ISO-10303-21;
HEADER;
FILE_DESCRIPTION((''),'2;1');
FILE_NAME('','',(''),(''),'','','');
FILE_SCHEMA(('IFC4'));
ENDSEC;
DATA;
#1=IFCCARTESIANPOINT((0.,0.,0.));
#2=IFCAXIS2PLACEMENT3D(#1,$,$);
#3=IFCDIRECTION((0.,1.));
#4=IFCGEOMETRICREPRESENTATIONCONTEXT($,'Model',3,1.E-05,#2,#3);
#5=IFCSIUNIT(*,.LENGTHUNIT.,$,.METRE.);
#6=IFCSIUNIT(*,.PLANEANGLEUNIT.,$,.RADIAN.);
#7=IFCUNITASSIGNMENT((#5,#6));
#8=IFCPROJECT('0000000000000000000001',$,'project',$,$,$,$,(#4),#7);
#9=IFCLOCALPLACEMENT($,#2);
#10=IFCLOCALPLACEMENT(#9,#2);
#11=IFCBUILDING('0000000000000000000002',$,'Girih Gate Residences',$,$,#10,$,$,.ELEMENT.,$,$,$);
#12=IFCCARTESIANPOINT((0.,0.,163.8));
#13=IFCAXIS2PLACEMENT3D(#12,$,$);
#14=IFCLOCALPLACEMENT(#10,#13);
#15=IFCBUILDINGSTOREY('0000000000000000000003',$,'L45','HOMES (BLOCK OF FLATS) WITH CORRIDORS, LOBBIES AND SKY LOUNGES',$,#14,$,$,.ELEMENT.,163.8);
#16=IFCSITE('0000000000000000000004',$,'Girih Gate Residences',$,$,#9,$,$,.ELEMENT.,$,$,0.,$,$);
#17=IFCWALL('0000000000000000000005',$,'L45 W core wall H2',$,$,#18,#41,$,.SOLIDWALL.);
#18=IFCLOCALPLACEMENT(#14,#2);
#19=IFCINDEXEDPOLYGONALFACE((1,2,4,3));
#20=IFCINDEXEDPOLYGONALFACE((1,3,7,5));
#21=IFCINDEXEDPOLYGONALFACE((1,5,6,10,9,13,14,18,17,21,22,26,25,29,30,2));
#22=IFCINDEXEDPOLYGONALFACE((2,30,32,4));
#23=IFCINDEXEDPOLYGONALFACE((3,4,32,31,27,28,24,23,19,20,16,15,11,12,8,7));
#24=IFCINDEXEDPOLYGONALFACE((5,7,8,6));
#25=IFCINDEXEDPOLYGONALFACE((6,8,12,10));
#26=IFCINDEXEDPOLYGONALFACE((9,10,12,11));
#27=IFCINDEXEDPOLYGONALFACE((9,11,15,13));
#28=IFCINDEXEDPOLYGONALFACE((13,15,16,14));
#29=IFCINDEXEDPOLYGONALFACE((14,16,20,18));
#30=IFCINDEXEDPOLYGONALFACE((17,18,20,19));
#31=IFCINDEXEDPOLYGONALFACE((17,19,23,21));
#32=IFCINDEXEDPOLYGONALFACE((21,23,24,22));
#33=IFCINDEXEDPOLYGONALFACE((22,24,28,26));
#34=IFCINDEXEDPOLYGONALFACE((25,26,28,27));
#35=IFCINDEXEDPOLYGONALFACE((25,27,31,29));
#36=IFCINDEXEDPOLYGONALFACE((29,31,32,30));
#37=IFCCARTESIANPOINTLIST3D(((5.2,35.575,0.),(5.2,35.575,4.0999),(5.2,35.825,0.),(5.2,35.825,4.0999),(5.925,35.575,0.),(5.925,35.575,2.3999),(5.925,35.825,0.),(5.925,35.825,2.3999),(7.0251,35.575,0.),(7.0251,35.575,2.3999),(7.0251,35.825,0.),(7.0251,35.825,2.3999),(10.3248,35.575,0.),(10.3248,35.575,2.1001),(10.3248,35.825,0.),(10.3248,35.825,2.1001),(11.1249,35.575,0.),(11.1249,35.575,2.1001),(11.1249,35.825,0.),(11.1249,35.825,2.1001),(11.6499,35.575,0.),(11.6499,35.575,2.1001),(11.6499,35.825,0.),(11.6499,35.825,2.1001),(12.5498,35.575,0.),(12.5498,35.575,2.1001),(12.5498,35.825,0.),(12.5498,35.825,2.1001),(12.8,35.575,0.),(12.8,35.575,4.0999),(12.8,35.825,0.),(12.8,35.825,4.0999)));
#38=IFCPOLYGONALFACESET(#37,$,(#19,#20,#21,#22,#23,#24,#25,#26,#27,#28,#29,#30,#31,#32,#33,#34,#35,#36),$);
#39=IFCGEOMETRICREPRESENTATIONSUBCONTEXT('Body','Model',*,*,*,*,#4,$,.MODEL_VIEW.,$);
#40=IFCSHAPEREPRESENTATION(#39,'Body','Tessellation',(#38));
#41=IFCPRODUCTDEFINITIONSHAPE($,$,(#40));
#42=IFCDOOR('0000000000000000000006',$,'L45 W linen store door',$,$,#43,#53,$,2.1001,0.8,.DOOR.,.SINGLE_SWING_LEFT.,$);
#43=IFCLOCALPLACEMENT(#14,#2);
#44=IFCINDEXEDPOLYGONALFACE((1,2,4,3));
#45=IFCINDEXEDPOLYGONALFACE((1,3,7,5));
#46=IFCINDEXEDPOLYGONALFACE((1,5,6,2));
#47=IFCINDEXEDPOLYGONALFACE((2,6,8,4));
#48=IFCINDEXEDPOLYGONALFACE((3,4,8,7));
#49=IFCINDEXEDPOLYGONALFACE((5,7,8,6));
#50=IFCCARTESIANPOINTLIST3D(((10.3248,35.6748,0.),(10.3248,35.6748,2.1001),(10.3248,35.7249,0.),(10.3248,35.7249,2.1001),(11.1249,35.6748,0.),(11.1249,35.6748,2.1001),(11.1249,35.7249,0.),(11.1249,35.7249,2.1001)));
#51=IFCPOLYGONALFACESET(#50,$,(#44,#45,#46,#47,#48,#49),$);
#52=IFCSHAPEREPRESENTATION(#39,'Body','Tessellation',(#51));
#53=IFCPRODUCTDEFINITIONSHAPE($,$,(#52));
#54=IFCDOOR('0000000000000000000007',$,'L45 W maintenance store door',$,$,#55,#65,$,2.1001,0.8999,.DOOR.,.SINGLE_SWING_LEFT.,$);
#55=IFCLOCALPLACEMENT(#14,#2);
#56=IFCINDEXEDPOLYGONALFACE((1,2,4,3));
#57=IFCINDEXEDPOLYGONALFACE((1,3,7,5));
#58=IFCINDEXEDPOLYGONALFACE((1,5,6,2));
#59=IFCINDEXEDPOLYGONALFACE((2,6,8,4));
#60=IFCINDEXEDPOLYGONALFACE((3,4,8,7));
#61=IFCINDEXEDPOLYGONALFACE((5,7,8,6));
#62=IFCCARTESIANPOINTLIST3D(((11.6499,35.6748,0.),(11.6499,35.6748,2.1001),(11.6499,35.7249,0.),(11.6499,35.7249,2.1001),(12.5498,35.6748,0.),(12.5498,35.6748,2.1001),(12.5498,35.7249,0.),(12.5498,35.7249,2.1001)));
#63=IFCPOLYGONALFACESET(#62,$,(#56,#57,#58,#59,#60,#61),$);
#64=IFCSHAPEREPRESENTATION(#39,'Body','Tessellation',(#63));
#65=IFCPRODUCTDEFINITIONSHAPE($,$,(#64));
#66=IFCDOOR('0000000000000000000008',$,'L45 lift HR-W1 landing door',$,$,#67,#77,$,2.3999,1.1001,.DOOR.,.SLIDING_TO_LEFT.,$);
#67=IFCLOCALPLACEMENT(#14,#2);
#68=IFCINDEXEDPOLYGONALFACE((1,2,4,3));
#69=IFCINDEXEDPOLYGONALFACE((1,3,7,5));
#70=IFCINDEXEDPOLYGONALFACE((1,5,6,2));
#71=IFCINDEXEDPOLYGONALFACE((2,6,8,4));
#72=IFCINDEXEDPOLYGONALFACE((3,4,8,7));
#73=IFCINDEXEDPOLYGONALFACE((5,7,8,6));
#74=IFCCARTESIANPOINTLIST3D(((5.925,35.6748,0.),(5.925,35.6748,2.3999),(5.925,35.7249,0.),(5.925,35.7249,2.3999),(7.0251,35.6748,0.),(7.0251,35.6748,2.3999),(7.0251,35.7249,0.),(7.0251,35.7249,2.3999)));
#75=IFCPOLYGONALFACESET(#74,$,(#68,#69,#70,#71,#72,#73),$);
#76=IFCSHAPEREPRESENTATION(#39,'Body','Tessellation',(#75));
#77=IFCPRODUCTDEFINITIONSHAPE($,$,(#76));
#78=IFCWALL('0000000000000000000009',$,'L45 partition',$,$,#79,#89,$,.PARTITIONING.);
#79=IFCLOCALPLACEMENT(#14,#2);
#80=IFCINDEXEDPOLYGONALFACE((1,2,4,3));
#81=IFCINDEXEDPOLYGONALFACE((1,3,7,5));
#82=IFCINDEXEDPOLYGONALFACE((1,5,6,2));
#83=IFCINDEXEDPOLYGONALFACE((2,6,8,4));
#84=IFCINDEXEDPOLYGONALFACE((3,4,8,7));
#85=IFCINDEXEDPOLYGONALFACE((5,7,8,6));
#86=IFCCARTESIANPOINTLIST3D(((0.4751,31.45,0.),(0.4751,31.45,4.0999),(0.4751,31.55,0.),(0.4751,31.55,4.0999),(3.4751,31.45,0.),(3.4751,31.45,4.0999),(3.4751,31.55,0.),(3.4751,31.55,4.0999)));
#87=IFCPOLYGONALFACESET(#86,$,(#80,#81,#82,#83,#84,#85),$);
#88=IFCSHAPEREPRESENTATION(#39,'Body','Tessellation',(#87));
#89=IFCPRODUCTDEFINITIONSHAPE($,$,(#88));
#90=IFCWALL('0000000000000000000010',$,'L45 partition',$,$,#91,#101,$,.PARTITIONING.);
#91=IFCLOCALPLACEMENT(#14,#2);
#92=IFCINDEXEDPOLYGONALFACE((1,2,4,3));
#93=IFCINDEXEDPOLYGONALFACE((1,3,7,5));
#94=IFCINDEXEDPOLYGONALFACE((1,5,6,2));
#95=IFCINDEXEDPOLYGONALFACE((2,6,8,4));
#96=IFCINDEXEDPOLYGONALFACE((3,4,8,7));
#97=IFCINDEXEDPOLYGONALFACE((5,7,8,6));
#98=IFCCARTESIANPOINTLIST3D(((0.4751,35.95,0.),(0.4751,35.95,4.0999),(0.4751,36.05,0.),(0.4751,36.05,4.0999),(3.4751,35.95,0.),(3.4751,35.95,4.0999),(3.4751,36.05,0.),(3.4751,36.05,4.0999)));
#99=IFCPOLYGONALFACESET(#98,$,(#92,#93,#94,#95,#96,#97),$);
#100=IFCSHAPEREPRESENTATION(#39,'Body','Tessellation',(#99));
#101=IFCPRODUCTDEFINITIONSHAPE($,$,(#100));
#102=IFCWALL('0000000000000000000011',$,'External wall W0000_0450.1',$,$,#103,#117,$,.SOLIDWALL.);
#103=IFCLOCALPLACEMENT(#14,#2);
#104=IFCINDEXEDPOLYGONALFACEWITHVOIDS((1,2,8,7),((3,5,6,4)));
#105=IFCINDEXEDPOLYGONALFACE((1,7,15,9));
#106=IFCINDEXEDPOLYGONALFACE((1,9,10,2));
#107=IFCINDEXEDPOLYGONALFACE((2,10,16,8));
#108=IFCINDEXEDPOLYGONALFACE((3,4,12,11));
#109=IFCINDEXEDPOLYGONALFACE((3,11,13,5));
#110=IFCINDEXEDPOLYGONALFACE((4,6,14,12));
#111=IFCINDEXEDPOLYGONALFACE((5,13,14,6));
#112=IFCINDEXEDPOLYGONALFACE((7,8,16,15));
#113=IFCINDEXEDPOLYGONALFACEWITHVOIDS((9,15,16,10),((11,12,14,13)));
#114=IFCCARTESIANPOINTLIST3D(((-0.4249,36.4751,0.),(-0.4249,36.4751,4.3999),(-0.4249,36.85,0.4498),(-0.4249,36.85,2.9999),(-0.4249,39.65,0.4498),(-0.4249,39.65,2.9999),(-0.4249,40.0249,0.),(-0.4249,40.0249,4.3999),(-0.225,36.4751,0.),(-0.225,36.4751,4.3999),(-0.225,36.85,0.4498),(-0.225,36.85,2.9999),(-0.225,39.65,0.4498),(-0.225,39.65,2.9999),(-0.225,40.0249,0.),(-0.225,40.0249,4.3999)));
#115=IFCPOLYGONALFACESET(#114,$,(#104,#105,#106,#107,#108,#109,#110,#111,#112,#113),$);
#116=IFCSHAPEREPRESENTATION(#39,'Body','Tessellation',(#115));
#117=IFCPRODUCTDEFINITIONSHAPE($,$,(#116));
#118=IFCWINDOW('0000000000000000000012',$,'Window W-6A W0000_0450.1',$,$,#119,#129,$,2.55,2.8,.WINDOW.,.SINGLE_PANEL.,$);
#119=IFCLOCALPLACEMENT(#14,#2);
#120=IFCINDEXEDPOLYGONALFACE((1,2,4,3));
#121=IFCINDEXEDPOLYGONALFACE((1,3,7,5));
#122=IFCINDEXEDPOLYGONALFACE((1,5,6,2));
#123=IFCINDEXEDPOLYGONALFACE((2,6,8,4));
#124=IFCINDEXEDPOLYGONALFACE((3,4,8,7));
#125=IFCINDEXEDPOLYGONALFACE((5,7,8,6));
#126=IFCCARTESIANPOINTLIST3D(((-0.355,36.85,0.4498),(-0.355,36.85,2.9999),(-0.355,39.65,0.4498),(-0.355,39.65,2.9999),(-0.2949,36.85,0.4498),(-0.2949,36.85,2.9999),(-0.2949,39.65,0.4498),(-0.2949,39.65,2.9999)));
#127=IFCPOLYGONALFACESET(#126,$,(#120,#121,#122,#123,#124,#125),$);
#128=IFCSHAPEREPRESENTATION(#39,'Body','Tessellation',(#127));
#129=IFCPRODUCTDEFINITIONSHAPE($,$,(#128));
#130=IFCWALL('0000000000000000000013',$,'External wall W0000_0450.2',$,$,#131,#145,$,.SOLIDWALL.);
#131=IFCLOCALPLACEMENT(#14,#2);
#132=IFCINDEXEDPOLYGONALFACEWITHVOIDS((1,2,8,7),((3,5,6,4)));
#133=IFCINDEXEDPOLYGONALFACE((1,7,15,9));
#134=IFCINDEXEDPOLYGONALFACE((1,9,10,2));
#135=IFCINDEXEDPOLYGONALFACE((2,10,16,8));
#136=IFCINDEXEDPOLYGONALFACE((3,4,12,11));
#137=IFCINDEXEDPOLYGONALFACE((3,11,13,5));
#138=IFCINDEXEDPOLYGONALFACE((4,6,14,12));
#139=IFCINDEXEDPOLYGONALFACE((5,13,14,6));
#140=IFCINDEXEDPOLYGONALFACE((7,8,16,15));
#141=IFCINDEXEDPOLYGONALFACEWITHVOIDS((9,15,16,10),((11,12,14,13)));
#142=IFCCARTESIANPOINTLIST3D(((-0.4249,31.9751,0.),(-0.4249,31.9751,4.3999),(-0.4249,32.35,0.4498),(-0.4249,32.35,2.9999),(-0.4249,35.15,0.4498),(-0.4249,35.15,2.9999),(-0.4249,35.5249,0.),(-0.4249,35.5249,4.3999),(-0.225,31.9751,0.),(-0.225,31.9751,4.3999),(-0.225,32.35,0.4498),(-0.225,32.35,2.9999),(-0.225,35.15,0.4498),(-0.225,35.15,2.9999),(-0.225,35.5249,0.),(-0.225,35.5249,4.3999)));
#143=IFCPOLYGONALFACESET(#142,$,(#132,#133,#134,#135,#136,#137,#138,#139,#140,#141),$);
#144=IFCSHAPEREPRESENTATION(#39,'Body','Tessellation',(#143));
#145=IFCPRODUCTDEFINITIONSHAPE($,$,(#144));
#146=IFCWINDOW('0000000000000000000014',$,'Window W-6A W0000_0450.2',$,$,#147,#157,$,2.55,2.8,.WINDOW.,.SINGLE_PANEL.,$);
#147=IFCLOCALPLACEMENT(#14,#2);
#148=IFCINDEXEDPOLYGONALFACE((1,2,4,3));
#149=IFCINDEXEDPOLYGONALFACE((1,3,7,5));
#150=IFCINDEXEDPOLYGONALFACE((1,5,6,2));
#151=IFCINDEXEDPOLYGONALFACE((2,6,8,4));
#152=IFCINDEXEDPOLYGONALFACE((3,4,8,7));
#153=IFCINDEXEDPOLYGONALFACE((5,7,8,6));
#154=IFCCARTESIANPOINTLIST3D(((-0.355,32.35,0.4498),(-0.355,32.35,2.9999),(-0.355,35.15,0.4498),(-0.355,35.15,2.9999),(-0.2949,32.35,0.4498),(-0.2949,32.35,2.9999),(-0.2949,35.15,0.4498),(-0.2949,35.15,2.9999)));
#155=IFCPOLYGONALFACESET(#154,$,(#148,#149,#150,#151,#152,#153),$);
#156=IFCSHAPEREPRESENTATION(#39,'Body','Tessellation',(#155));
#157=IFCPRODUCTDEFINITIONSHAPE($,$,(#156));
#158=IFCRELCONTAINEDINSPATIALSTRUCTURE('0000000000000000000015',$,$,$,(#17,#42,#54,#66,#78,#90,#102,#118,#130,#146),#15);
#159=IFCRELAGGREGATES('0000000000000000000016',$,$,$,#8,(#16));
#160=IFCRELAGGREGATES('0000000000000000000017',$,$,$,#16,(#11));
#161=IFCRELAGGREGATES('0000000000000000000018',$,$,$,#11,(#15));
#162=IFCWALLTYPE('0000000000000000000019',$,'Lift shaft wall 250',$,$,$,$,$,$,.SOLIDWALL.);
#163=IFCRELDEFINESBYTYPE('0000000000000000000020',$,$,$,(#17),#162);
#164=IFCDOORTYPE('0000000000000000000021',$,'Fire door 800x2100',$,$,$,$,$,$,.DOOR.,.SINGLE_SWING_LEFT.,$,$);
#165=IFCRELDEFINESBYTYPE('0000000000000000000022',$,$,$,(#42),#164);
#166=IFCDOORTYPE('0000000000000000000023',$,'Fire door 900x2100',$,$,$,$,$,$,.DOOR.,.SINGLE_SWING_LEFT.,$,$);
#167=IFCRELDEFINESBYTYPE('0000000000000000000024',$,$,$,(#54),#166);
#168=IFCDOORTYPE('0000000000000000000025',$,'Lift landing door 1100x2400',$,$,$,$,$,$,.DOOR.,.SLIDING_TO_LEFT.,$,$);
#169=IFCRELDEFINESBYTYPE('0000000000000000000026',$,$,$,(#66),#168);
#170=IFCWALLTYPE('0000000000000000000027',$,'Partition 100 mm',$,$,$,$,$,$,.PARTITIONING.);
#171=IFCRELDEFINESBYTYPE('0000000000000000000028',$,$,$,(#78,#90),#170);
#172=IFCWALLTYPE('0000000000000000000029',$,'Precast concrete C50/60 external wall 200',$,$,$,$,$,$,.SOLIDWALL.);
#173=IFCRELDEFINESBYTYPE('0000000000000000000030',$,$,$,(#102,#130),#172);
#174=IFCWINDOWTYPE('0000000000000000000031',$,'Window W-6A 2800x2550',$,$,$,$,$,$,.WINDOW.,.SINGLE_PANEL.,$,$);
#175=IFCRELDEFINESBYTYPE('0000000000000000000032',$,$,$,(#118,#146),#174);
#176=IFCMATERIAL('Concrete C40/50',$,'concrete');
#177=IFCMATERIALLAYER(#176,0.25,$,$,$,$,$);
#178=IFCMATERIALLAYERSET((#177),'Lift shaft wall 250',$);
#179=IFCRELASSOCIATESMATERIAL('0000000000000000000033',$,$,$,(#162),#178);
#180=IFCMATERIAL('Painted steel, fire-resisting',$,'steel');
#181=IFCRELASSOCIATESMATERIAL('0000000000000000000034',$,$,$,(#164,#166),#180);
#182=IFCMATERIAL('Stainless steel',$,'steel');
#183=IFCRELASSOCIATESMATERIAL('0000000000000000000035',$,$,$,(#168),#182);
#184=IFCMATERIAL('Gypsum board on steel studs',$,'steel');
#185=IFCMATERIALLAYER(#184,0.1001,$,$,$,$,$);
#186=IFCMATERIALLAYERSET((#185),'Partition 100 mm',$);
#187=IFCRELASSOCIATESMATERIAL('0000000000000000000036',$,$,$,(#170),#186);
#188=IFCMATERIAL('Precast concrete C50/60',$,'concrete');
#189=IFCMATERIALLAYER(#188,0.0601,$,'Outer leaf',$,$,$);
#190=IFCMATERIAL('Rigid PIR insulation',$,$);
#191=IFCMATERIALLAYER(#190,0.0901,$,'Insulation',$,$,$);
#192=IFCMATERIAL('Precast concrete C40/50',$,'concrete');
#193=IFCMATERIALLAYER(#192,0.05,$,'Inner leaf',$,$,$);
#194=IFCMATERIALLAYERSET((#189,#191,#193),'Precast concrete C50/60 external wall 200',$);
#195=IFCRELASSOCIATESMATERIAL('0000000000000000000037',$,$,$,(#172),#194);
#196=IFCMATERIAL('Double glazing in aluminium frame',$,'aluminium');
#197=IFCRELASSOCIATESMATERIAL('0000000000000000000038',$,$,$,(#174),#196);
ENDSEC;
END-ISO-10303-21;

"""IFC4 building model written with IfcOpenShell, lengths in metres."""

from ifc_helpers import new_model, si_unit, direction, frame, frame_2d, origin, place, context, subcontext, project, spatial, rectangle, extrude, material, layer, layer_set, type_object, element, fill, save


model = new_model("IFC4")

# Units and contexts
model_context = context("Model", 3, precision=1e-05, world=origin(), true_north=direction((0.0, 1.0)))
body_context = subcontext(model_context, "Body", "Model", "MODEL_VIEW")
ifc_project = project(units=[si_unit("LENGTHUNIT", "METRE"), si_unit("PLANEANGLEUNIT", "RADIAN")], contexts=[model_context])

# Site, building, storey
site_placement = place(None, origin())
site = spatial("IfcSite", under=ifc_project, at=site_placement, Name="Girih Gate Residences", CompositionType="ELEMENT", RefElevation=0.0)
building_placement = place(site_placement, origin())
building = spatial("IfcBuilding", under=site, at=building_placement, Name="Girih Gate Residences", CompositionType="ELEMENT")
storey_placement = place(building_placement, frame((0.0, 0.0, 163.8)))
storey = spatial("IfcBuildingStorey", under=building, at=storey_placement, Name="L45", Description="HOMES (BLOCK OF FLATS) WITH CORRIDORS, LOBBIES AND SKY LOUNGES", CompositionType="ELEMENT", Elevation=163.8)

# Shared definitions
ifc_material_1 = material(Name="Gypsum board on steel studs", Category="steel")
ifc_material_2 = material(Name="Concrete C40/50", Category="concrete")
ifc_layer_1 = layer(ifc_material_2, 0.25)
ifc_layer_set_1 = layer_set([ifc_layer_1], Name="Lift shaft wall 250")
wall_type_1 = type_object("IfcWallType", Name="Lift shaft wall 250", PredefinedType="SOLIDWALL", material=ifc_layer_set_1)

# Wall, openings, doors
wall_1_placement = place(storey_placement, frame((5.2, 35.7, 0.0), z_axis=(0.0, 0.0, 1.0), x_axis=(1.0, 0.0, 0.0)))
wall_1 = element("IfcWall", 1, at=wall_1_placement, inside=storey, type_object=wall_type_1, Name="L45 W core wall H2", PredefinedType="SOLIDWALL", context=body_context, shape_type="SweptSolid", body=[
    extrude(rectangle(XDim=7.6001, YDim=0.25, at=frame_2d((3.8, 0.0))), origin(), (0.0, 0.0, 1.0), 4.0999),
])
opening_1_placement = place(wall_1_placement, frame((0.7251, 0.0, 0.0)))
opening_1 = element("IfcOpeningElement", 2, at=opening_1_placement, cuts=wall_1, PredefinedType="OPENING", context=body_context, shape_type="SweptSolid", body=[
    extrude(rectangle(XDim=1.1001, YDim=2.3999, at=frame_2d((0.55, 1.2))), frame((0.0, 0.135, 0.0), z_axis=(0.0, -1.0, 0.0), x_axis=(1.0, 0.0, 0.0)), (0.0, 0.0, 1.0), 0.27),
])
opening_2_placement = place(wall_1_placement, frame((5.125, 0.0, 0.0)))
opening_2 = element("IfcOpeningElement", 3, at=opening_2_placement, cuts=wall_1, PredefinedType="OPENING", context=body_context, shape_type="SweptSolid", body=[
    extrude(rectangle(XDim=0.8, YDim=2.1001, at=frame_2d((0.3999, 1.05))), frame((0.0, 0.135, 0.0), z_axis=(0.0, -1.0, 0.0), x_axis=(1.0, 0.0, 0.0)), (0.0, 0.0, 1.0), 0.27),
])
opening_3_placement = place(wall_1_placement, frame((6.45, 0.0, 0.0)))
opening_3 = element("IfcOpeningElement", 4, at=opening_3_placement, cuts=wall_1, PredefinedType="OPENING", context=body_context, shape_type="SweptSolid", body=[
    extrude(rectangle(XDim=0.8999, YDim=2.1001, at=frame_2d((0.45, 1.05))), frame((0.0, 0.135, 0.0), z_axis=(0.0, -1.0, 0.0), x_axis=(1.0, 0.0, 0.0)), (0.0, 0.0, 1.0), 0.27),
])
ifc_material_3 = material(Name="Painted steel, fire-resisting", Category="steel")
door_type_1 = type_object("IfcDoorType", Name="Fire door 800x2100", OperationType="SINGLE_SWING_LEFT", PredefinedType="DOOR", material=ifc_material_3)
door_1_placement = place(opening_2_placement, origin())
door_1 = element("IfcDoor", 5, at=door_1_placement, inside=storey, type_object=door_type_1, Name="L45 W linen store door", OperationType="SINGLE_SWING_LEFT", OverallHeight=2.1001, OverallWidth=0.8, PredefinedType="DOOR", context=body_context, shape_type="SweptSolid", body=[
    extrude(rectangle(XDim=0.8, YDim=2.1001, at=frame_2d((0.3999, 1.05))), frame((0.0, 0.0249, 0.0), z_axis=(0.0, -1.0, 0.0), x_axis=(1.0, 0.0, 0.0)), (0.0, 0.0, 1.0), 0.05),
])
fill(opening_2, door_1)
door_type_2 = type_object("IfcDoorType", Name="Fire door 900x2100", OperationType="SINGLE_SWING_LEFT", PredefinedType="DOOR", material=ifc_material_3)
door_2_placement = place(opening_3_placement, origin())
door_2 = element("IfcDoor", 6, at=door_2_placement, inside=storey, type_object=door_type_2, Name="L45 W maintenance store door", OperationType="SINGLE_SWING_LEFT", OverallHeight=2.1001, OverallWidth=0.8999, PredefinedType="DOOR", context=body_context, shape_type="SweptSolid", body=[
    extrude(rectangle(XDim=0.8999, YDim=2.1001, at=frame_2d((0.45, 1.05))), frame((0.0, 0.0249, 0.0), z_axis=(0.0, -1.0, 0.0), x_axis=(1.0, 0.0, 0.0)), (0.0, 0.0, 1.0), 0.05),
])
fill(opening_3, door_2)
ifc_material_4 = material(Name="Stainless steel", Category="steel")
door_type_3 = type_object("IfcDoorType", Name="Lift landing door 1100x2400", OperationType="SLIDING_TO_LEFT", PredefinedType="DOOR", material=ifc_material_4)
door_3_placement = place(opening_1_placement, origin())
door_3 = element("IfcDoor", 7, at=door_3_placement, inside=storey, type_object=door_type_3, Name="L45 lift HR-W1 landing door", OperationType="SLIDING_TO_LEFT", OverallHeight=2.3999, OverallWidth=1.1001, PredefinedType="DOOR", context=body_context, shape_type="SweptSolid", body=[
    extrude(rectangle(XDim=1.1001, YDim=2.3999, at=frame_2d((0.55, 1.2))), frame((0.0, 0.0249, 0.0), z_axis=(0.0, -1.0, 0.0), x_axis=(1.0, 0.0, 0.0)), (0.0, 0.0, 1.0), 0.05),
])
fill(opening_1, door_3)

# Walls
ifc_layer_2 = layer(ifc_material_1, 0.1001)
ifc_layer_set_2 = layer_set([ifc_layer_2], Name="Partition 100 mm")
wall_type_2 = type_object("IfcWallType", Name="Partition 100 mm", PredefinedType="PARTITIONING", material=ifc_layer_set_2)
for number, where, z_axis, x_axis, name in (
    (8, (0.4751, 31.5, 0.0), (0.0, 0.0, 1.0), (1.0, 0.0, 0.0), "L45 partition"),
    (9, (0.4751, 36.0, 0.0), (0.0, 0.0, 1.0), (1.0, 0.0, 0.0), "L45 partition"),
):
    element("IfcWall", number, at=place(storey_placement, frame(where, z_axis=z_axis, x_axis=x_axis)), inside=storey, type_object=wall_type_2, Name=name, PredefinedType="PARTITIONING", context=body_context, shape_type="SweptSolid", body=[
        extrude(rectangle(XDim=3.0, YDim=0.1001, at=frame_2d((1.5, 0.0))), origin(), (0.0, 0.0, 1.0), 4.0999),
    ])

# Walls, openings, windows
ifc_material_5 = material(Name="Precast concrete C50/60", Category="concrete")
ifc_layer_3 = layer(ifc_material_5, 0.0601, Name="Outer leaf")
ifc_material_6 = material(Name="Rigid PIR insulation")
ifc_layer_4 = layer(ifc_material_6, 0.0901, Name="Insulation")
ifc_material_7 = material(Name="Precast concrete C40/50", Category="concrete")
ifc_layer_5 = layer(ifc_material_7, 0.05, Name="Inner leaf")
ifc_layer_set_3 = layer_set([ifc_layer_3, ifc_layer_4, ifc_layer_5], Name="Precast concrete C50/60 external wall 200")
wall_type_3 = type_object("IfcWallType", Name="Precast concrete C50/60 external wall 200", PredefinedType="SOLIDWALL", material=ifc_layer_set_3)
wall_2_placement = place(storey_placement, frame((-0.325, 36.4751, 0.0), z_axis=(0.0, 0.0, 1.0), x_axis=(0.0, 1.0, 0.0)))
wall_2 = element("IfcWall", 10, at=wall_2_placement, inside=storey, type_object=wall_type_3, Name="External wall W0000_0450.1", PredefinedType="SOLIDWALL", context=body_context, shape_type="SweptSolid", body=[
    extrude(rectangle(XDim=3.5498, YDim=0.2, at=frame_2d((1.7749, 0.0))), origin(), (0.0, 0.0, 1.0), 4.3999),
])
opening_4_placement = place(wall_2_placement, frame((0.375, 0.0, 0.45)))
opening_4 = element("IfcOpeningElement", 11, at=opening_4_placement, cuts=wall_2, PredefinedType="OPENING", context=body_context, shape_type="SweptSolid", body=[
    extrude(rectangle(XDim=2.8, YDim=2.55, at=frame_2d((1.3999, 1.2749))), frame((0.0, 0.1099, 0.0), z_axis=(0.0, -1.0, 0.0), x_axis=(1.0, 0.0, 0.0)), (0.0, 0.0, 1.0), 0.22),
])
ifc_material_8 = material(Name="Double glazing in aluminium frame", Category="aluminium")
window_type = type_object("IfcWindowType", Name="Window W-6A 2800x2550", PartitioningType="SINGLE_PANEL", PredefinedType="WINDOW", material=ifc_material_8)
window_1_placement = place(opening_4_placement, origin())
window_1 = element("IfcWindow", 12, at=window_1_placement, inside=storey, type_object=window_type, Name="Window W-6A W0000_0450.1", OverallHeight=2.55, OverallWidth=2.8, PartitioningType="SINGLE_PANEL", PredefinedType="WINDOW", context=body_context, shape_type="SweptSolid", body=[
    extrude(rectangle(XDim=2.8, YDim=2.55, at=frame_2d((1.3999, 1.2749))), frame((0.0, 0.03, 0.0), z_axis=(0.0, -1.0, 0.0), x_axis=(1.0, 0.0, 0.0)), (0.0, 0.0, 1.0), 0.0601),
])
fill(opening_4, window_1)
wall_3_placement = place(storey_placement, frame((-0.325, 31.9751, 0.0), z_axis=(0.0, 0.0, 1.0), x_axis=(0.0, 1.0, 0.0)))
wall_3 = element("IfcWall", 13, at=wall_3_placement, inside=storey, type_object=wall_type_3, Name="External wall W0000_0450.2", PredefinedType="SOLIDWALL", context=body_context, shape_type="SweptSolid", body=[
    extrude(rectangle(XDim=3.5498, YDim=0.2, at=frame_2d((1.7749, 0.0))), origin(), (0.0, 0.0, 1.0), 4.3999),
])
opening_5_placement = place(wall_3_placement, frame((0.375, 0.0, 0.45)))
opening_5 = element("IfcOpeningElement", 14, at=opening_5_placement, cuts=wall_3, PredefinedType="OPENING", context=body_context, shape_type="SweptSolid", body=[
    extrude(rectangle(XDim=2.8, YDim=2.55, at=frame_2d((1.3999, 1.2749))), frame((0.0, 0.1099, 0.0), z_axis=(0.0, -1.0, 0.0), x_axis=(1.0, 0.0, 0.0)), (0.0, 0.0, 1.0), 0.22),
])
window_2_placement = place(opening_5_placement, origin())
window_2 = element("IfcWindow", 15, at=window_2_placement, inside=storey, type_object=window_type, Name="Window W-6A W0000_0450.2", OverallHeight=2.55, OverallWidth=2.8, PartitioningType="SINGLE_PANEL", PredefinedType="WINDOW", context=body_context, shape_type="SweptSolid", body=[
    extrude(rectangle(XDim=2.8, YDim=2.55, at=frame_2d((1.3999, 1.2749))), frame((0.0, 0.03, 0.0), z_axis=(0.0, -1.0, 0.0), x_axis=(1.0, 0.0, 0.0)), (0.0, 0.0, 1.0), 0.0601),
])
fill(opening_5, window_2)

save(model, "model.ifc")
